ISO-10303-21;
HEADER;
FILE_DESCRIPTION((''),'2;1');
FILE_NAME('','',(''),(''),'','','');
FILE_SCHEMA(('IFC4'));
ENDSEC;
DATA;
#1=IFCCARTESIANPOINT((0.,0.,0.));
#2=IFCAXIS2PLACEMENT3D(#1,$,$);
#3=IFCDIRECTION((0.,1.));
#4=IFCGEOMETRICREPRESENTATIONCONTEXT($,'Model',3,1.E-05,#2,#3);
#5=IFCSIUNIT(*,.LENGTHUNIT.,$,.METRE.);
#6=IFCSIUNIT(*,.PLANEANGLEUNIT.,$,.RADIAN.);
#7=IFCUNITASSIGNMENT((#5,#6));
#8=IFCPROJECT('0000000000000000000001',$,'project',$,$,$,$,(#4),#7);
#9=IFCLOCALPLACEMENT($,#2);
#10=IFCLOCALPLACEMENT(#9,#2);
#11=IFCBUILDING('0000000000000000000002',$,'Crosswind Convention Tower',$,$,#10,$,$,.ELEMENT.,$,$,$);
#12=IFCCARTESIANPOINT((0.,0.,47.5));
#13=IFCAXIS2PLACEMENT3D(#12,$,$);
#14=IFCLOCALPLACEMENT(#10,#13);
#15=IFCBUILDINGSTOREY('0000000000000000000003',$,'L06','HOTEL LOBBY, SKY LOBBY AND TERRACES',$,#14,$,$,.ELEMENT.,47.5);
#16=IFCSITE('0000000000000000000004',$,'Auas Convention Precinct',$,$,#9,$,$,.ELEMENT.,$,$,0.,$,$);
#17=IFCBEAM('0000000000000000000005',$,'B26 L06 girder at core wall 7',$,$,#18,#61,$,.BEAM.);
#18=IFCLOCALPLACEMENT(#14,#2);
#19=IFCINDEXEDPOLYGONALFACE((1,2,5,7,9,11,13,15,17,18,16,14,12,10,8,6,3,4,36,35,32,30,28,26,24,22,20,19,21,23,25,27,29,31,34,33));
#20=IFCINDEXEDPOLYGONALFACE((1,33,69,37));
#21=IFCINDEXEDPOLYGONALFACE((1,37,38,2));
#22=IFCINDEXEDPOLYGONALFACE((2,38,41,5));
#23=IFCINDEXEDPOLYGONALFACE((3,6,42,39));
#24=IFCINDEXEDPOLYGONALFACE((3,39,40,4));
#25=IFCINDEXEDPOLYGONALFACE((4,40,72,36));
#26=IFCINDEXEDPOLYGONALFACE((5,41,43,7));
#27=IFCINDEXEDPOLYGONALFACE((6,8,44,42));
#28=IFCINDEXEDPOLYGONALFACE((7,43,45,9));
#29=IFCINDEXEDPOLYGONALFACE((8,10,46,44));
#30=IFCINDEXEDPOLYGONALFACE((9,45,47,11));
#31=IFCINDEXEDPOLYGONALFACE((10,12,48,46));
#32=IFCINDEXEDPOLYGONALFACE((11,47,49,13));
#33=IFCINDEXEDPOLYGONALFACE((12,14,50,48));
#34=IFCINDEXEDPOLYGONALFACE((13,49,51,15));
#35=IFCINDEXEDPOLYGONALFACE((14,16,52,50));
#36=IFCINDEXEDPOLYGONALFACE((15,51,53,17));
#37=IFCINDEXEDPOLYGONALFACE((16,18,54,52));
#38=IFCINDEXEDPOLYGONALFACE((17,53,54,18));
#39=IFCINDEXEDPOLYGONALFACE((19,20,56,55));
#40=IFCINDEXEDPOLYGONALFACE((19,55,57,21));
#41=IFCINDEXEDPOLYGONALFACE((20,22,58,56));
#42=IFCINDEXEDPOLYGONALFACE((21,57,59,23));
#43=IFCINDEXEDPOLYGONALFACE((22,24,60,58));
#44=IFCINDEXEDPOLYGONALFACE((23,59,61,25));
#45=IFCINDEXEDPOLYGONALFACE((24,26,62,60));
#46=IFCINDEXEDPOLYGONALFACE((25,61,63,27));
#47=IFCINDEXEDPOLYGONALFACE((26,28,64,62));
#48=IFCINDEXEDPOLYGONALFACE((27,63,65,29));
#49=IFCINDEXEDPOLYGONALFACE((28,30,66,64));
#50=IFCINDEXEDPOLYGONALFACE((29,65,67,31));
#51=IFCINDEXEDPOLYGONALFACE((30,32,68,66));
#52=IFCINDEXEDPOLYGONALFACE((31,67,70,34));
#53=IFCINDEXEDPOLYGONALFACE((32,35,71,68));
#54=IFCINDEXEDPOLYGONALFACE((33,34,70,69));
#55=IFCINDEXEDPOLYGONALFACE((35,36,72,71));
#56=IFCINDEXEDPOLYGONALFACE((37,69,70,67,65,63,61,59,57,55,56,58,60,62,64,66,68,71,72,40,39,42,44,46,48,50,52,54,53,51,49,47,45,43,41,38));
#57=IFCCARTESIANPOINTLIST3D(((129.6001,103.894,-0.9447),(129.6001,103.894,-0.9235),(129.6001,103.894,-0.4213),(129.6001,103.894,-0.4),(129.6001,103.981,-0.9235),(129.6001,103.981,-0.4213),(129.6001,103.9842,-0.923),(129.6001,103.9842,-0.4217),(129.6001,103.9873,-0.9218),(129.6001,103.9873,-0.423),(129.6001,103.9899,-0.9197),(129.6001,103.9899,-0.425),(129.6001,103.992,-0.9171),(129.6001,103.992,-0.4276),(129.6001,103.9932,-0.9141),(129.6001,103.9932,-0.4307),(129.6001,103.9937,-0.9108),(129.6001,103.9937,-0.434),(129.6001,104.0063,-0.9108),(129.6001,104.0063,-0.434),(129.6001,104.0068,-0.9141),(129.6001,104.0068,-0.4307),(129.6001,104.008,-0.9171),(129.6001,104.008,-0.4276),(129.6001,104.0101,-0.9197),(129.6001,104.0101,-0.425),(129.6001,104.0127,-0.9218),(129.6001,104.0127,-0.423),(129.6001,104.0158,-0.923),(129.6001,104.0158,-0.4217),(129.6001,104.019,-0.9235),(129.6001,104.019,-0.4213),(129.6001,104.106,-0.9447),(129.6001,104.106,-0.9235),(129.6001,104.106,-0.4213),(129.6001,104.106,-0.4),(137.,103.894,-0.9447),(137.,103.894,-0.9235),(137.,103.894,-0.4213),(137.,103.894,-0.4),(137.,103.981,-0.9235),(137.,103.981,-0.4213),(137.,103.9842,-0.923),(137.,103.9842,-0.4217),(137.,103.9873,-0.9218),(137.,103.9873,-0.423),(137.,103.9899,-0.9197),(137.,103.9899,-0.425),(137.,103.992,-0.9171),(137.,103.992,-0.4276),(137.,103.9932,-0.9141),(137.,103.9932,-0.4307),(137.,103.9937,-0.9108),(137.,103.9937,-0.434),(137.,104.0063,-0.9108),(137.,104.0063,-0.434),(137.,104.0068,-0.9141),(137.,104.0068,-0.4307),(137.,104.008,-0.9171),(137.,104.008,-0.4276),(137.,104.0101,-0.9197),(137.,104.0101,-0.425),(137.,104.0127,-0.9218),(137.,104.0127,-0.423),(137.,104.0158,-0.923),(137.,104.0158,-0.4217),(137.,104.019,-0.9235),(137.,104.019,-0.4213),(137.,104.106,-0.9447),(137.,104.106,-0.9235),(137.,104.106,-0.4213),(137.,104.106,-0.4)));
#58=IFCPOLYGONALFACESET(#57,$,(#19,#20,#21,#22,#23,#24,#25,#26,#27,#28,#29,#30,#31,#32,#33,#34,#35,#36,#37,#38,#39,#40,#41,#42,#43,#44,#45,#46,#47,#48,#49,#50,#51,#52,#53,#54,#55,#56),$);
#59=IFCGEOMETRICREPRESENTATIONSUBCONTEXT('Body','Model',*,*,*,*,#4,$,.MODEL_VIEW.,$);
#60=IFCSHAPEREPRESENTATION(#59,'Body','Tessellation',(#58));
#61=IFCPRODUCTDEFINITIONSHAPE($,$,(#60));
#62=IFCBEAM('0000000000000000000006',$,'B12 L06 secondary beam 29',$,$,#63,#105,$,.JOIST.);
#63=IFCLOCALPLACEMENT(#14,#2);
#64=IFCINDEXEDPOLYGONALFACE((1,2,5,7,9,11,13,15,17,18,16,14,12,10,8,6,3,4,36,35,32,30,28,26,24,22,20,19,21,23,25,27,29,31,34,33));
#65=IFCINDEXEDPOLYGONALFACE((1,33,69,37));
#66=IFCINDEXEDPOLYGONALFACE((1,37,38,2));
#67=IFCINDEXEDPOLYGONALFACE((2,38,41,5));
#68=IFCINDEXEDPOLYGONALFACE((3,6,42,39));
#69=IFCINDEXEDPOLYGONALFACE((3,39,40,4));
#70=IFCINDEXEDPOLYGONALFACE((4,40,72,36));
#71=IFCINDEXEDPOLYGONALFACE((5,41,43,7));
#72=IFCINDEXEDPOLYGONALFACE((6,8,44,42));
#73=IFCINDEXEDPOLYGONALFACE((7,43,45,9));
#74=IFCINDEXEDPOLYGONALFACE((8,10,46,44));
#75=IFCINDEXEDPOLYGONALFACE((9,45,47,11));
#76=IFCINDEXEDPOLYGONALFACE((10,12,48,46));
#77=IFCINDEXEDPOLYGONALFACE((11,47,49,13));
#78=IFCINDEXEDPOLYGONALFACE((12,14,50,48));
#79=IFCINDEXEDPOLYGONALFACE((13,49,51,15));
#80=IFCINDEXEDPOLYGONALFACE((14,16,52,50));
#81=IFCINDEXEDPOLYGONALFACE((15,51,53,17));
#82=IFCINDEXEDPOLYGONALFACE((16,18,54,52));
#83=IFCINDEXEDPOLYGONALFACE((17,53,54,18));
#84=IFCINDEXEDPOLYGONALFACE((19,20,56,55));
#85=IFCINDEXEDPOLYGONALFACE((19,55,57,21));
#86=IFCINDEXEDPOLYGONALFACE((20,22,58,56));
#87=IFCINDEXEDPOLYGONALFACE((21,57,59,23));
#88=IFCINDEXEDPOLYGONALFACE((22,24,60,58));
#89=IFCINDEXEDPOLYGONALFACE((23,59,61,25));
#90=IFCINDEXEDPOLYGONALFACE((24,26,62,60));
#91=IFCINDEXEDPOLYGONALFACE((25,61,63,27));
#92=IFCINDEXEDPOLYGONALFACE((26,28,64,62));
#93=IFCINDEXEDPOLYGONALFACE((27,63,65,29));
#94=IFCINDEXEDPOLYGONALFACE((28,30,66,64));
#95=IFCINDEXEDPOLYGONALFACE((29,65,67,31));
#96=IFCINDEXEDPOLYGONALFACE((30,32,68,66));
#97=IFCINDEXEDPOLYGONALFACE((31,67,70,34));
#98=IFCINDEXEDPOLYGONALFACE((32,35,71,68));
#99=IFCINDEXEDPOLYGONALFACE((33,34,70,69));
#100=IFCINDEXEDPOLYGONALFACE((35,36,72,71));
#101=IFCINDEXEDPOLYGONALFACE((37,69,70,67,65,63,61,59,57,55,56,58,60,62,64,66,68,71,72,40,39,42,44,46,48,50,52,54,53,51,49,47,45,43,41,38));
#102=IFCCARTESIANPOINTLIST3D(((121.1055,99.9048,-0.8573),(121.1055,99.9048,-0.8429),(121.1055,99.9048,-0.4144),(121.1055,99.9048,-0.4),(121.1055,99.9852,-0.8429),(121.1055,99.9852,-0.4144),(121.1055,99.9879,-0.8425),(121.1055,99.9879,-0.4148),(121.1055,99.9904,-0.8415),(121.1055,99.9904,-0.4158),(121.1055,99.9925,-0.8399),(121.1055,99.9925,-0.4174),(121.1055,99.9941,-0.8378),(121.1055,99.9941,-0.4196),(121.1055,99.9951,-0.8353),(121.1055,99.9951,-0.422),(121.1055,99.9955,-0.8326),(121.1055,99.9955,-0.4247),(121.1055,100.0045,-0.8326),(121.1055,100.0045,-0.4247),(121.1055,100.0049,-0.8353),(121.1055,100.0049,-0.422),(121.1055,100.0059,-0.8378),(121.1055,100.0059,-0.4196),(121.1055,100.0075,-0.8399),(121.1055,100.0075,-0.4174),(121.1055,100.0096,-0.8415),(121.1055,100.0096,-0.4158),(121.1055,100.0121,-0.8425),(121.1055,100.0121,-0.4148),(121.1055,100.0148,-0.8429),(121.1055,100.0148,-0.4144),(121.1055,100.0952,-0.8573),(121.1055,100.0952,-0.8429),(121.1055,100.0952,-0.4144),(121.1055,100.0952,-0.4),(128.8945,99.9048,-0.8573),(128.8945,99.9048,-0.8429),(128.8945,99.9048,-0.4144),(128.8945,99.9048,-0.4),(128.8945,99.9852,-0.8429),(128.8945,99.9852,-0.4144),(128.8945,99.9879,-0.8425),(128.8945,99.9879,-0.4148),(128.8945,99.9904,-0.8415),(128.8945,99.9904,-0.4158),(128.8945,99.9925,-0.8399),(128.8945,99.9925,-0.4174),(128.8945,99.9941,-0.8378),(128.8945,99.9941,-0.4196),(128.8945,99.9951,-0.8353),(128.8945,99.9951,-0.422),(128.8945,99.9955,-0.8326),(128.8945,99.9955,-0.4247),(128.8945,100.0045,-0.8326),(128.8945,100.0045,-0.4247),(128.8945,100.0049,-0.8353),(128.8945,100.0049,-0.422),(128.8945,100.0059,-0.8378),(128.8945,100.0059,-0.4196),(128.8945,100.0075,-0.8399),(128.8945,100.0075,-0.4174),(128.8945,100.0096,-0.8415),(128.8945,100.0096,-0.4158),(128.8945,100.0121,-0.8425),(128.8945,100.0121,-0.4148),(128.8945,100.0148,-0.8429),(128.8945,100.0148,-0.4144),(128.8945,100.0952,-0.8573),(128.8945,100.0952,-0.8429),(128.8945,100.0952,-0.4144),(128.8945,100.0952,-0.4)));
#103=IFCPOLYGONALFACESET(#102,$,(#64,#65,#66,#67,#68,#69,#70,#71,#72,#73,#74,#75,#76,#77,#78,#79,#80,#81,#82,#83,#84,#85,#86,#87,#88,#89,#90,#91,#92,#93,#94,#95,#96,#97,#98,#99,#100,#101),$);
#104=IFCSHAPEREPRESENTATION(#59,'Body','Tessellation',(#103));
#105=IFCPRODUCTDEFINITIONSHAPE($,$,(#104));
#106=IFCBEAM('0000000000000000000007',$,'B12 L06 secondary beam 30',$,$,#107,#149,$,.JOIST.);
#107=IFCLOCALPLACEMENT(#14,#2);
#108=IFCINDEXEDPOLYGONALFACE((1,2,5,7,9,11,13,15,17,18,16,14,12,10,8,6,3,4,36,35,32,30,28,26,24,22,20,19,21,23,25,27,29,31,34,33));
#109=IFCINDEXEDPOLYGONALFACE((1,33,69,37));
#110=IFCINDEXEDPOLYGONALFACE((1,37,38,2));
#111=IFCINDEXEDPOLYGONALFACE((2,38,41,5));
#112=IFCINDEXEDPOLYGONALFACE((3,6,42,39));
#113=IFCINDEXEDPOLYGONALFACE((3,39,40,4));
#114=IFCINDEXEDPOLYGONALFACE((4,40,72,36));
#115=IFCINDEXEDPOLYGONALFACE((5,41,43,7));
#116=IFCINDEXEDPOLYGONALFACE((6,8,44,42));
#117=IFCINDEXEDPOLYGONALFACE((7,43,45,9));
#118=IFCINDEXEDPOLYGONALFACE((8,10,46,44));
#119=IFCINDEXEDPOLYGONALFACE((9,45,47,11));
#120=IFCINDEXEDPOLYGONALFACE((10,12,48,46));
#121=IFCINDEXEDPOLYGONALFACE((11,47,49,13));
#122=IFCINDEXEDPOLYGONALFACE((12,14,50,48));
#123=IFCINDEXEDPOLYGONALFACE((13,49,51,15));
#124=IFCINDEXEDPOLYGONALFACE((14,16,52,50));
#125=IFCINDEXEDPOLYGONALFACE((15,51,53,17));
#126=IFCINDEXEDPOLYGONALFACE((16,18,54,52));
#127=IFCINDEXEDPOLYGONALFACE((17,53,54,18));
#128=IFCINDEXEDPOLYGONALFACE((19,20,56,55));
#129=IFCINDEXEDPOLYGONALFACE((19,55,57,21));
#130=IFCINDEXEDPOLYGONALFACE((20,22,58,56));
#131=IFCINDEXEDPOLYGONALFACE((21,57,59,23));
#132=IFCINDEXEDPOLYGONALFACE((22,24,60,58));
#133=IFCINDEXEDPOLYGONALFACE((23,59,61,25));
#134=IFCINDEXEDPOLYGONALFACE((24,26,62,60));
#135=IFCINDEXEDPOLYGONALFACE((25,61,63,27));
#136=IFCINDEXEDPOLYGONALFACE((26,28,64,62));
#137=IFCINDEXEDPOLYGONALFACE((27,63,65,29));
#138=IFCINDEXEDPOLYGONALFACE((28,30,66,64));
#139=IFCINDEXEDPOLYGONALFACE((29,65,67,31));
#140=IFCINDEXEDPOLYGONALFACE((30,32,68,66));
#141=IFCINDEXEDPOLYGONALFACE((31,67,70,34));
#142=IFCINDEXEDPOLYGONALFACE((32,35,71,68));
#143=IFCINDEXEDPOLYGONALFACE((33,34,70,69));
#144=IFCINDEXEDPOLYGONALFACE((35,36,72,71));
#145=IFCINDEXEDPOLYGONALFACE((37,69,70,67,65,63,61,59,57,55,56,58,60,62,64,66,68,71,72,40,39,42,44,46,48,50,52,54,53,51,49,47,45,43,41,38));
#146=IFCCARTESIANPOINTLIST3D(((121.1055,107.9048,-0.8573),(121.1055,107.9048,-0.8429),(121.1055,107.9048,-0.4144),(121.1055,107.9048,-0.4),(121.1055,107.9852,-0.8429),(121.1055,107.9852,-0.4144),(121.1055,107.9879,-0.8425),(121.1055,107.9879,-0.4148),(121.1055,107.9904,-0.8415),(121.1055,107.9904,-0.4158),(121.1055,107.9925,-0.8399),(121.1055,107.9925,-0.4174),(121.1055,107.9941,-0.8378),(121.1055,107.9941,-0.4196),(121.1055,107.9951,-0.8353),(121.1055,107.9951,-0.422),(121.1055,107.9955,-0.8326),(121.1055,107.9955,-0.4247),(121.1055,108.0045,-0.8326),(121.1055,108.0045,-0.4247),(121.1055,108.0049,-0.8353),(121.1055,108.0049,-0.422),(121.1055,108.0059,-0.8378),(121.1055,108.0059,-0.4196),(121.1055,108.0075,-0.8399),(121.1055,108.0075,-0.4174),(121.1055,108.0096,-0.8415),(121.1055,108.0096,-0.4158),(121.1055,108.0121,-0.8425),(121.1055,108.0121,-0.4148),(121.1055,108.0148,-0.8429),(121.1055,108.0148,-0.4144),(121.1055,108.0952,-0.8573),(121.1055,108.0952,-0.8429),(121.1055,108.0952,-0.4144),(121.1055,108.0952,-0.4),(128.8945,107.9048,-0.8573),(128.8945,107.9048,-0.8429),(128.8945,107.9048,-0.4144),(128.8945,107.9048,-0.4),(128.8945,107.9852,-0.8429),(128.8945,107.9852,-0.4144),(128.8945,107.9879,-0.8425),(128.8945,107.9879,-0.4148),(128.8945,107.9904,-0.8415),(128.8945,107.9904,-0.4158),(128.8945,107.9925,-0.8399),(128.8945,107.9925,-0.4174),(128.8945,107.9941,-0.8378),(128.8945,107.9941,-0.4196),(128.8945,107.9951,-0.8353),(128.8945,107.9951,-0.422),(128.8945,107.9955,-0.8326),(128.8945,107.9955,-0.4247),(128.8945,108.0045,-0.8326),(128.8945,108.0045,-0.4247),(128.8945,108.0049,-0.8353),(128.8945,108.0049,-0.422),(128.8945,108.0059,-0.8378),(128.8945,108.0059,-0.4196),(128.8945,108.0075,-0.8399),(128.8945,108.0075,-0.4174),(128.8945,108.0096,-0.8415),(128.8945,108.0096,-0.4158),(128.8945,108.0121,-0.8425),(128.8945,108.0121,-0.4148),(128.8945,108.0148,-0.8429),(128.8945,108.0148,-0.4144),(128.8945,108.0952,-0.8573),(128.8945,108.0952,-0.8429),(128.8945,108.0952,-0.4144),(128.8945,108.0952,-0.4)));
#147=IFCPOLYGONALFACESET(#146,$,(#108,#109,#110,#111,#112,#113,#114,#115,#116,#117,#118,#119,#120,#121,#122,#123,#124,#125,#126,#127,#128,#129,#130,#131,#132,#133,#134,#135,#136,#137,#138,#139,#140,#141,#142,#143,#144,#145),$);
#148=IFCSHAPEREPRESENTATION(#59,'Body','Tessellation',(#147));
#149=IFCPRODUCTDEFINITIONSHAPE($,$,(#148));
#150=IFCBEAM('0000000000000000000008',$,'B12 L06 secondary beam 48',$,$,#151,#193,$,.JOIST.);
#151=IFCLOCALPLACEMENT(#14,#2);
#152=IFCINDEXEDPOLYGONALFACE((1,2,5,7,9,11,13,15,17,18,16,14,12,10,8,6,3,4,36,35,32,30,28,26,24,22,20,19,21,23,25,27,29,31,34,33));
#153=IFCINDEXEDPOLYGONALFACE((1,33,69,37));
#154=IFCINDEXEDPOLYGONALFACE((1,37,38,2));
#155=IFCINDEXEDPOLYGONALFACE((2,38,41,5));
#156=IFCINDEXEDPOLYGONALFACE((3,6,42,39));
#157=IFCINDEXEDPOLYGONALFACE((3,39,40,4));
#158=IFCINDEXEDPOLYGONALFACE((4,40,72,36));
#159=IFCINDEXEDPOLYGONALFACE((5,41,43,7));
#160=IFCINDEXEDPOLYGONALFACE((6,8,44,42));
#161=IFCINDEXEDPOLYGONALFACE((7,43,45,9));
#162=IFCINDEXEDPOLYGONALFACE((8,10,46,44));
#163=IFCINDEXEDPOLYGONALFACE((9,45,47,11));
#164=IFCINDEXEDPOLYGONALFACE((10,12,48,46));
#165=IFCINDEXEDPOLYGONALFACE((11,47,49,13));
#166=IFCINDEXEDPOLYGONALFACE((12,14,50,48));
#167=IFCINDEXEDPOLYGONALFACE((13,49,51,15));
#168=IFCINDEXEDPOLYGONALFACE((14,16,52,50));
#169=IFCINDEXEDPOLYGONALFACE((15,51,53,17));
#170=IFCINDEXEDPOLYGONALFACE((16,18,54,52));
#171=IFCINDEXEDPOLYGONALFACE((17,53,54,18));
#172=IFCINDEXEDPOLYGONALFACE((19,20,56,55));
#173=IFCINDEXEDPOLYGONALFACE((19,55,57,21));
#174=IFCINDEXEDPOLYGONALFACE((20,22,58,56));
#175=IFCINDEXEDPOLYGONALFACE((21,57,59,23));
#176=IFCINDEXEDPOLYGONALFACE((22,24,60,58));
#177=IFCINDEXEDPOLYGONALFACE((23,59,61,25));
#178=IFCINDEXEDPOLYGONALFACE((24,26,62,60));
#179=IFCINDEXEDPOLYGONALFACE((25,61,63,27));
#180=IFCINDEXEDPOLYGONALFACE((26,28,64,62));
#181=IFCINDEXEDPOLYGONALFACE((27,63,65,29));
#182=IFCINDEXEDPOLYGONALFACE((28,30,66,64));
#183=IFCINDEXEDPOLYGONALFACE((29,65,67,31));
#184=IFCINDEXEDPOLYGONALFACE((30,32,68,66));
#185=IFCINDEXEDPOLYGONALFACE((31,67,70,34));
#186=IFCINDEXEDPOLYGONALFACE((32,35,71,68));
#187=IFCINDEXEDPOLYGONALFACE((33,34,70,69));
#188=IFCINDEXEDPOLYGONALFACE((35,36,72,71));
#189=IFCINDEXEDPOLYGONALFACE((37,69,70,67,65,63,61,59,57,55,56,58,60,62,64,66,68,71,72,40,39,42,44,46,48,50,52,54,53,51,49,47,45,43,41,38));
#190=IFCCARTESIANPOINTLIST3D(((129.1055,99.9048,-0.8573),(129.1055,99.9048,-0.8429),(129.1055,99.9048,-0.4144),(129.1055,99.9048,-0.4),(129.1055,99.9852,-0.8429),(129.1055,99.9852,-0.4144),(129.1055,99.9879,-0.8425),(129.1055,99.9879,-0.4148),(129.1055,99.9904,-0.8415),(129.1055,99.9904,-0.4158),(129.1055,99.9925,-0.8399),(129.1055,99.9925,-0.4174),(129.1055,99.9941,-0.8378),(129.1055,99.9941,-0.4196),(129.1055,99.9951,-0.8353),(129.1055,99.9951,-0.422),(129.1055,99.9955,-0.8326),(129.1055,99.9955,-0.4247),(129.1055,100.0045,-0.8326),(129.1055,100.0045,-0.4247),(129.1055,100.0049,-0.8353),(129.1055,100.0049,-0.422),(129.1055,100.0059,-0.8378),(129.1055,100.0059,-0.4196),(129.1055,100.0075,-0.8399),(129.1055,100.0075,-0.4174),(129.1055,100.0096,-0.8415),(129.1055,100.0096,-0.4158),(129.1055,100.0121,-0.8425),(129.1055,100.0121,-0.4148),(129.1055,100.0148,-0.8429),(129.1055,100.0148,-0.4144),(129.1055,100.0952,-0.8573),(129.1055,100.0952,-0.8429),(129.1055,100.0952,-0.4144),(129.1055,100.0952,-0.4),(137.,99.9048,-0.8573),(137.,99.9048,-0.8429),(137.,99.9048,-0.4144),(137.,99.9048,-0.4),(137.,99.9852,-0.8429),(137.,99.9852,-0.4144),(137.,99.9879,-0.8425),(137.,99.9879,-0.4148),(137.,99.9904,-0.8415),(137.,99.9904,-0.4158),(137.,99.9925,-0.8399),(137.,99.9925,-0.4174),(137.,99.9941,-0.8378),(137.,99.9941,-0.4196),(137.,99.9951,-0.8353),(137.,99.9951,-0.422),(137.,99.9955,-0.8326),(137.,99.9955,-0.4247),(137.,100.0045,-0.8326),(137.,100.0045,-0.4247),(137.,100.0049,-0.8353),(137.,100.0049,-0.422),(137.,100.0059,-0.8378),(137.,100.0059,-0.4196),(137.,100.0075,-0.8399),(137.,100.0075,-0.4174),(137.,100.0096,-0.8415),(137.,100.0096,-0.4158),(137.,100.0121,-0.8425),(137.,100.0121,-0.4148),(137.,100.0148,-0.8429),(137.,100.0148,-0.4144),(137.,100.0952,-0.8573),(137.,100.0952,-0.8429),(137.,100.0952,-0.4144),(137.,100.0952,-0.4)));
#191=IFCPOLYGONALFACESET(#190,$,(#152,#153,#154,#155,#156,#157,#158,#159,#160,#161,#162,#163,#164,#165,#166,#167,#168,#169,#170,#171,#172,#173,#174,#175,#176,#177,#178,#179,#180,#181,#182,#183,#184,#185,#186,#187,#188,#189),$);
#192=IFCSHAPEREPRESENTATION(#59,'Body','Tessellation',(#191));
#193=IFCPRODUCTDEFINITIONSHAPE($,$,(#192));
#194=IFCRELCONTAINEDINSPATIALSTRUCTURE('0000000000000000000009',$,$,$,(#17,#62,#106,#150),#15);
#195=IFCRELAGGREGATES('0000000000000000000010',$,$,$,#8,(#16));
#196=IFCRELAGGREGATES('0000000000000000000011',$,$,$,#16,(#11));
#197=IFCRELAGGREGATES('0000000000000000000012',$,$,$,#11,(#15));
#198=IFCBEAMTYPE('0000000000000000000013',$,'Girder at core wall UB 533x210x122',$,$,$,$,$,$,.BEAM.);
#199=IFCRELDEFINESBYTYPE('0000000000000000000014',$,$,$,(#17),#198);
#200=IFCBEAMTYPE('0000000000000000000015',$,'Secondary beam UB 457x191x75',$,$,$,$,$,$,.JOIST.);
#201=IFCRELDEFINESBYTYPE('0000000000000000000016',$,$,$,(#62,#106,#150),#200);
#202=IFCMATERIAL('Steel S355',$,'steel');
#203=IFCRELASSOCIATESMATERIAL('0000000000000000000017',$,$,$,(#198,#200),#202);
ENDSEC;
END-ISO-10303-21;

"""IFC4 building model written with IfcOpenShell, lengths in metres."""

from ifc_helpers import new_model, si_unit, direction, frame, origin, origin_2d, place, context, subcontext, project, spatial, i_section, extrude, material, material_profile, profile_set, type_object, element, save


model = new_model("IFC4")

# Units and contexts
model_context = context("Model", 3, precision=1e-05, world=origin(), true_north=direction((0.0, 1.0)))
body_context = subcontext(model_context, "Body", "Model", "MODEL_VIEW")
ifc_project = project(units=[si_unit("LENGTHUNIT", "METRE"), si_unit("PLANEANGLEUNIT", "RADIAN")], contexts=[model_context])

# Site, building, storey
site_placement = place(None, origin())
site = spatial("IfcSite", under=ifc_project, at=site_placement, Name="Auas Convention Precinct", CompositionType="ELEMENT", RefElevation=0.0)
building_placement = place(site_placement, origin())
building = spatial("IfcBuilding", under=site, at=building_placement, Name="Crosswind Convention Tower", CompositionType="ELEMENT")
storey_placement = place(building_placement, frame((0.0, 0.0, 47.5)))
storey = spatial("IfcBuildingStorey", under=building, at=storey_placement, Name="L06", Description="HOTEL LOBBY, SKY LOBBY AND TERRACES", CompositionType="ELEMENT", Elevation=47.5)

# Beams
ifc_material_1 = material(Name="Steel S355", Category="steel")
ifc_material_profile_1 = material_profile(ifc_material_1, i_section(OverallWidth=0.2119, OverallDepth=0.5447, WebThickness=0.0127, FlangeThickness=0.0212, FilletRadius=0.0127, at=origin_2d()), Name="UB 533x210x122")
ifc_profile_set_1 = profile_set([ifc_material_profile_1], Name="Steel S355")
beam_type_1 = type_object("IfcBeamType", Name="Girder at core wall UB 533x210x122", PredefinedType="BEAM", material=ifc_profile_set_1)
beam_placement = place(storey_placement, frame((129.6001, 104.0, -0.6724), z_axis=(1.0, 0.0, 0.0), x_axis=(0.0, 1.0, 0.0)))
element("IfcBeam", 1, at=beam_placement, inside=storey, type_object=beam_type_1, Name="B26 L06 girder at core wall 7", PredefinedType="BEAM", context=body_context, shape_type="SweptSolid", body=[
    extrude(i_section(OverallWidth=0.2119, OverallDepth=0.5447, WebThickness=0.0127, FlangeThickness=0.0212, FilletRadius=0.0127, at=origin_2d()), origin(), (0.0, 0.0, 1.0), 7.3999),
])
ifc_material_profile_2 = material_profile(ifc_material_1, i_section(OverallWidth=0.1904, OverallDepth=0.4573, WebThickness=0.009, FlangeThickness=0.0144, FilletRadius=0.0103, at=origin_2d()), Name="UB 457x191x75")
ifc_profile_set_2 = profile_set([ifc_material_profile_2], Name="Steel S355")
beam_type_2 = type_object("IfcBeamType", Name="Secondary beam UB 457x191x75", PredefinedType="JOIST", material=ifc_profile_set_2)
for number, where, z_axis, x_axis, name in (
    (2, (121.1055, 100.0, -0.6287), (1.0, 0.0, 0.0), (0.0, 1.0, 0.0), "B12 L06 secondary beam 29"),
    (3, (121.1055, 108.0, -0.6287), (1.0, 0.0, 0.0), (0.0, 1.0, 0.0), "B12 L06 secondary beam 30"),
):
    element("IfcBeam", number, at=place(storey_placement, frame(where, z_axis=z_axis, x_axis=x_axis)), inside=storey, type_object=beam_type_2, Name=name, PredefinedType="JOIST", context=body_context, shape_type="SweptSolid", body=[
        extrude(i_section(OverallWidth=0.1904, OverallDepth=0.4573, WebThickness=0.009, FlangeThickness=0.0144, FilletRadius=0.0103, at=origin_2d()), origin(), (0.0, 0.0, 1.0), 7.7891),
    ])
for number, where, z_axis, x_axis, name in (
    (4, (129.1055, 100.0, -0.6287), (1.0, 0.0, 0.0), (0.0, 1.0, 0.0), "B12 L06 secondary beam 48"),
):
    element("IfcBeam", number, at=place(storey_placement, frame(where, z_axis=z_axis, x_axis=x_axis)), inside=storey, type_object=beam_type_2, Name=name, PredefinedType="JOIST", context=body_context, shape_type="SweptSolid", body=[
        extrude(i_section(OverallWidth=0.1904, OverallDepth=0.4573, WebThickness=0.009, FlangeThickness=0.0144, FilletRadius=0.0103, at=origin_2d()), origin(), (0.0, 0.0, 1.0), 7.8945),
    ])

save(model, "model.ifc")
